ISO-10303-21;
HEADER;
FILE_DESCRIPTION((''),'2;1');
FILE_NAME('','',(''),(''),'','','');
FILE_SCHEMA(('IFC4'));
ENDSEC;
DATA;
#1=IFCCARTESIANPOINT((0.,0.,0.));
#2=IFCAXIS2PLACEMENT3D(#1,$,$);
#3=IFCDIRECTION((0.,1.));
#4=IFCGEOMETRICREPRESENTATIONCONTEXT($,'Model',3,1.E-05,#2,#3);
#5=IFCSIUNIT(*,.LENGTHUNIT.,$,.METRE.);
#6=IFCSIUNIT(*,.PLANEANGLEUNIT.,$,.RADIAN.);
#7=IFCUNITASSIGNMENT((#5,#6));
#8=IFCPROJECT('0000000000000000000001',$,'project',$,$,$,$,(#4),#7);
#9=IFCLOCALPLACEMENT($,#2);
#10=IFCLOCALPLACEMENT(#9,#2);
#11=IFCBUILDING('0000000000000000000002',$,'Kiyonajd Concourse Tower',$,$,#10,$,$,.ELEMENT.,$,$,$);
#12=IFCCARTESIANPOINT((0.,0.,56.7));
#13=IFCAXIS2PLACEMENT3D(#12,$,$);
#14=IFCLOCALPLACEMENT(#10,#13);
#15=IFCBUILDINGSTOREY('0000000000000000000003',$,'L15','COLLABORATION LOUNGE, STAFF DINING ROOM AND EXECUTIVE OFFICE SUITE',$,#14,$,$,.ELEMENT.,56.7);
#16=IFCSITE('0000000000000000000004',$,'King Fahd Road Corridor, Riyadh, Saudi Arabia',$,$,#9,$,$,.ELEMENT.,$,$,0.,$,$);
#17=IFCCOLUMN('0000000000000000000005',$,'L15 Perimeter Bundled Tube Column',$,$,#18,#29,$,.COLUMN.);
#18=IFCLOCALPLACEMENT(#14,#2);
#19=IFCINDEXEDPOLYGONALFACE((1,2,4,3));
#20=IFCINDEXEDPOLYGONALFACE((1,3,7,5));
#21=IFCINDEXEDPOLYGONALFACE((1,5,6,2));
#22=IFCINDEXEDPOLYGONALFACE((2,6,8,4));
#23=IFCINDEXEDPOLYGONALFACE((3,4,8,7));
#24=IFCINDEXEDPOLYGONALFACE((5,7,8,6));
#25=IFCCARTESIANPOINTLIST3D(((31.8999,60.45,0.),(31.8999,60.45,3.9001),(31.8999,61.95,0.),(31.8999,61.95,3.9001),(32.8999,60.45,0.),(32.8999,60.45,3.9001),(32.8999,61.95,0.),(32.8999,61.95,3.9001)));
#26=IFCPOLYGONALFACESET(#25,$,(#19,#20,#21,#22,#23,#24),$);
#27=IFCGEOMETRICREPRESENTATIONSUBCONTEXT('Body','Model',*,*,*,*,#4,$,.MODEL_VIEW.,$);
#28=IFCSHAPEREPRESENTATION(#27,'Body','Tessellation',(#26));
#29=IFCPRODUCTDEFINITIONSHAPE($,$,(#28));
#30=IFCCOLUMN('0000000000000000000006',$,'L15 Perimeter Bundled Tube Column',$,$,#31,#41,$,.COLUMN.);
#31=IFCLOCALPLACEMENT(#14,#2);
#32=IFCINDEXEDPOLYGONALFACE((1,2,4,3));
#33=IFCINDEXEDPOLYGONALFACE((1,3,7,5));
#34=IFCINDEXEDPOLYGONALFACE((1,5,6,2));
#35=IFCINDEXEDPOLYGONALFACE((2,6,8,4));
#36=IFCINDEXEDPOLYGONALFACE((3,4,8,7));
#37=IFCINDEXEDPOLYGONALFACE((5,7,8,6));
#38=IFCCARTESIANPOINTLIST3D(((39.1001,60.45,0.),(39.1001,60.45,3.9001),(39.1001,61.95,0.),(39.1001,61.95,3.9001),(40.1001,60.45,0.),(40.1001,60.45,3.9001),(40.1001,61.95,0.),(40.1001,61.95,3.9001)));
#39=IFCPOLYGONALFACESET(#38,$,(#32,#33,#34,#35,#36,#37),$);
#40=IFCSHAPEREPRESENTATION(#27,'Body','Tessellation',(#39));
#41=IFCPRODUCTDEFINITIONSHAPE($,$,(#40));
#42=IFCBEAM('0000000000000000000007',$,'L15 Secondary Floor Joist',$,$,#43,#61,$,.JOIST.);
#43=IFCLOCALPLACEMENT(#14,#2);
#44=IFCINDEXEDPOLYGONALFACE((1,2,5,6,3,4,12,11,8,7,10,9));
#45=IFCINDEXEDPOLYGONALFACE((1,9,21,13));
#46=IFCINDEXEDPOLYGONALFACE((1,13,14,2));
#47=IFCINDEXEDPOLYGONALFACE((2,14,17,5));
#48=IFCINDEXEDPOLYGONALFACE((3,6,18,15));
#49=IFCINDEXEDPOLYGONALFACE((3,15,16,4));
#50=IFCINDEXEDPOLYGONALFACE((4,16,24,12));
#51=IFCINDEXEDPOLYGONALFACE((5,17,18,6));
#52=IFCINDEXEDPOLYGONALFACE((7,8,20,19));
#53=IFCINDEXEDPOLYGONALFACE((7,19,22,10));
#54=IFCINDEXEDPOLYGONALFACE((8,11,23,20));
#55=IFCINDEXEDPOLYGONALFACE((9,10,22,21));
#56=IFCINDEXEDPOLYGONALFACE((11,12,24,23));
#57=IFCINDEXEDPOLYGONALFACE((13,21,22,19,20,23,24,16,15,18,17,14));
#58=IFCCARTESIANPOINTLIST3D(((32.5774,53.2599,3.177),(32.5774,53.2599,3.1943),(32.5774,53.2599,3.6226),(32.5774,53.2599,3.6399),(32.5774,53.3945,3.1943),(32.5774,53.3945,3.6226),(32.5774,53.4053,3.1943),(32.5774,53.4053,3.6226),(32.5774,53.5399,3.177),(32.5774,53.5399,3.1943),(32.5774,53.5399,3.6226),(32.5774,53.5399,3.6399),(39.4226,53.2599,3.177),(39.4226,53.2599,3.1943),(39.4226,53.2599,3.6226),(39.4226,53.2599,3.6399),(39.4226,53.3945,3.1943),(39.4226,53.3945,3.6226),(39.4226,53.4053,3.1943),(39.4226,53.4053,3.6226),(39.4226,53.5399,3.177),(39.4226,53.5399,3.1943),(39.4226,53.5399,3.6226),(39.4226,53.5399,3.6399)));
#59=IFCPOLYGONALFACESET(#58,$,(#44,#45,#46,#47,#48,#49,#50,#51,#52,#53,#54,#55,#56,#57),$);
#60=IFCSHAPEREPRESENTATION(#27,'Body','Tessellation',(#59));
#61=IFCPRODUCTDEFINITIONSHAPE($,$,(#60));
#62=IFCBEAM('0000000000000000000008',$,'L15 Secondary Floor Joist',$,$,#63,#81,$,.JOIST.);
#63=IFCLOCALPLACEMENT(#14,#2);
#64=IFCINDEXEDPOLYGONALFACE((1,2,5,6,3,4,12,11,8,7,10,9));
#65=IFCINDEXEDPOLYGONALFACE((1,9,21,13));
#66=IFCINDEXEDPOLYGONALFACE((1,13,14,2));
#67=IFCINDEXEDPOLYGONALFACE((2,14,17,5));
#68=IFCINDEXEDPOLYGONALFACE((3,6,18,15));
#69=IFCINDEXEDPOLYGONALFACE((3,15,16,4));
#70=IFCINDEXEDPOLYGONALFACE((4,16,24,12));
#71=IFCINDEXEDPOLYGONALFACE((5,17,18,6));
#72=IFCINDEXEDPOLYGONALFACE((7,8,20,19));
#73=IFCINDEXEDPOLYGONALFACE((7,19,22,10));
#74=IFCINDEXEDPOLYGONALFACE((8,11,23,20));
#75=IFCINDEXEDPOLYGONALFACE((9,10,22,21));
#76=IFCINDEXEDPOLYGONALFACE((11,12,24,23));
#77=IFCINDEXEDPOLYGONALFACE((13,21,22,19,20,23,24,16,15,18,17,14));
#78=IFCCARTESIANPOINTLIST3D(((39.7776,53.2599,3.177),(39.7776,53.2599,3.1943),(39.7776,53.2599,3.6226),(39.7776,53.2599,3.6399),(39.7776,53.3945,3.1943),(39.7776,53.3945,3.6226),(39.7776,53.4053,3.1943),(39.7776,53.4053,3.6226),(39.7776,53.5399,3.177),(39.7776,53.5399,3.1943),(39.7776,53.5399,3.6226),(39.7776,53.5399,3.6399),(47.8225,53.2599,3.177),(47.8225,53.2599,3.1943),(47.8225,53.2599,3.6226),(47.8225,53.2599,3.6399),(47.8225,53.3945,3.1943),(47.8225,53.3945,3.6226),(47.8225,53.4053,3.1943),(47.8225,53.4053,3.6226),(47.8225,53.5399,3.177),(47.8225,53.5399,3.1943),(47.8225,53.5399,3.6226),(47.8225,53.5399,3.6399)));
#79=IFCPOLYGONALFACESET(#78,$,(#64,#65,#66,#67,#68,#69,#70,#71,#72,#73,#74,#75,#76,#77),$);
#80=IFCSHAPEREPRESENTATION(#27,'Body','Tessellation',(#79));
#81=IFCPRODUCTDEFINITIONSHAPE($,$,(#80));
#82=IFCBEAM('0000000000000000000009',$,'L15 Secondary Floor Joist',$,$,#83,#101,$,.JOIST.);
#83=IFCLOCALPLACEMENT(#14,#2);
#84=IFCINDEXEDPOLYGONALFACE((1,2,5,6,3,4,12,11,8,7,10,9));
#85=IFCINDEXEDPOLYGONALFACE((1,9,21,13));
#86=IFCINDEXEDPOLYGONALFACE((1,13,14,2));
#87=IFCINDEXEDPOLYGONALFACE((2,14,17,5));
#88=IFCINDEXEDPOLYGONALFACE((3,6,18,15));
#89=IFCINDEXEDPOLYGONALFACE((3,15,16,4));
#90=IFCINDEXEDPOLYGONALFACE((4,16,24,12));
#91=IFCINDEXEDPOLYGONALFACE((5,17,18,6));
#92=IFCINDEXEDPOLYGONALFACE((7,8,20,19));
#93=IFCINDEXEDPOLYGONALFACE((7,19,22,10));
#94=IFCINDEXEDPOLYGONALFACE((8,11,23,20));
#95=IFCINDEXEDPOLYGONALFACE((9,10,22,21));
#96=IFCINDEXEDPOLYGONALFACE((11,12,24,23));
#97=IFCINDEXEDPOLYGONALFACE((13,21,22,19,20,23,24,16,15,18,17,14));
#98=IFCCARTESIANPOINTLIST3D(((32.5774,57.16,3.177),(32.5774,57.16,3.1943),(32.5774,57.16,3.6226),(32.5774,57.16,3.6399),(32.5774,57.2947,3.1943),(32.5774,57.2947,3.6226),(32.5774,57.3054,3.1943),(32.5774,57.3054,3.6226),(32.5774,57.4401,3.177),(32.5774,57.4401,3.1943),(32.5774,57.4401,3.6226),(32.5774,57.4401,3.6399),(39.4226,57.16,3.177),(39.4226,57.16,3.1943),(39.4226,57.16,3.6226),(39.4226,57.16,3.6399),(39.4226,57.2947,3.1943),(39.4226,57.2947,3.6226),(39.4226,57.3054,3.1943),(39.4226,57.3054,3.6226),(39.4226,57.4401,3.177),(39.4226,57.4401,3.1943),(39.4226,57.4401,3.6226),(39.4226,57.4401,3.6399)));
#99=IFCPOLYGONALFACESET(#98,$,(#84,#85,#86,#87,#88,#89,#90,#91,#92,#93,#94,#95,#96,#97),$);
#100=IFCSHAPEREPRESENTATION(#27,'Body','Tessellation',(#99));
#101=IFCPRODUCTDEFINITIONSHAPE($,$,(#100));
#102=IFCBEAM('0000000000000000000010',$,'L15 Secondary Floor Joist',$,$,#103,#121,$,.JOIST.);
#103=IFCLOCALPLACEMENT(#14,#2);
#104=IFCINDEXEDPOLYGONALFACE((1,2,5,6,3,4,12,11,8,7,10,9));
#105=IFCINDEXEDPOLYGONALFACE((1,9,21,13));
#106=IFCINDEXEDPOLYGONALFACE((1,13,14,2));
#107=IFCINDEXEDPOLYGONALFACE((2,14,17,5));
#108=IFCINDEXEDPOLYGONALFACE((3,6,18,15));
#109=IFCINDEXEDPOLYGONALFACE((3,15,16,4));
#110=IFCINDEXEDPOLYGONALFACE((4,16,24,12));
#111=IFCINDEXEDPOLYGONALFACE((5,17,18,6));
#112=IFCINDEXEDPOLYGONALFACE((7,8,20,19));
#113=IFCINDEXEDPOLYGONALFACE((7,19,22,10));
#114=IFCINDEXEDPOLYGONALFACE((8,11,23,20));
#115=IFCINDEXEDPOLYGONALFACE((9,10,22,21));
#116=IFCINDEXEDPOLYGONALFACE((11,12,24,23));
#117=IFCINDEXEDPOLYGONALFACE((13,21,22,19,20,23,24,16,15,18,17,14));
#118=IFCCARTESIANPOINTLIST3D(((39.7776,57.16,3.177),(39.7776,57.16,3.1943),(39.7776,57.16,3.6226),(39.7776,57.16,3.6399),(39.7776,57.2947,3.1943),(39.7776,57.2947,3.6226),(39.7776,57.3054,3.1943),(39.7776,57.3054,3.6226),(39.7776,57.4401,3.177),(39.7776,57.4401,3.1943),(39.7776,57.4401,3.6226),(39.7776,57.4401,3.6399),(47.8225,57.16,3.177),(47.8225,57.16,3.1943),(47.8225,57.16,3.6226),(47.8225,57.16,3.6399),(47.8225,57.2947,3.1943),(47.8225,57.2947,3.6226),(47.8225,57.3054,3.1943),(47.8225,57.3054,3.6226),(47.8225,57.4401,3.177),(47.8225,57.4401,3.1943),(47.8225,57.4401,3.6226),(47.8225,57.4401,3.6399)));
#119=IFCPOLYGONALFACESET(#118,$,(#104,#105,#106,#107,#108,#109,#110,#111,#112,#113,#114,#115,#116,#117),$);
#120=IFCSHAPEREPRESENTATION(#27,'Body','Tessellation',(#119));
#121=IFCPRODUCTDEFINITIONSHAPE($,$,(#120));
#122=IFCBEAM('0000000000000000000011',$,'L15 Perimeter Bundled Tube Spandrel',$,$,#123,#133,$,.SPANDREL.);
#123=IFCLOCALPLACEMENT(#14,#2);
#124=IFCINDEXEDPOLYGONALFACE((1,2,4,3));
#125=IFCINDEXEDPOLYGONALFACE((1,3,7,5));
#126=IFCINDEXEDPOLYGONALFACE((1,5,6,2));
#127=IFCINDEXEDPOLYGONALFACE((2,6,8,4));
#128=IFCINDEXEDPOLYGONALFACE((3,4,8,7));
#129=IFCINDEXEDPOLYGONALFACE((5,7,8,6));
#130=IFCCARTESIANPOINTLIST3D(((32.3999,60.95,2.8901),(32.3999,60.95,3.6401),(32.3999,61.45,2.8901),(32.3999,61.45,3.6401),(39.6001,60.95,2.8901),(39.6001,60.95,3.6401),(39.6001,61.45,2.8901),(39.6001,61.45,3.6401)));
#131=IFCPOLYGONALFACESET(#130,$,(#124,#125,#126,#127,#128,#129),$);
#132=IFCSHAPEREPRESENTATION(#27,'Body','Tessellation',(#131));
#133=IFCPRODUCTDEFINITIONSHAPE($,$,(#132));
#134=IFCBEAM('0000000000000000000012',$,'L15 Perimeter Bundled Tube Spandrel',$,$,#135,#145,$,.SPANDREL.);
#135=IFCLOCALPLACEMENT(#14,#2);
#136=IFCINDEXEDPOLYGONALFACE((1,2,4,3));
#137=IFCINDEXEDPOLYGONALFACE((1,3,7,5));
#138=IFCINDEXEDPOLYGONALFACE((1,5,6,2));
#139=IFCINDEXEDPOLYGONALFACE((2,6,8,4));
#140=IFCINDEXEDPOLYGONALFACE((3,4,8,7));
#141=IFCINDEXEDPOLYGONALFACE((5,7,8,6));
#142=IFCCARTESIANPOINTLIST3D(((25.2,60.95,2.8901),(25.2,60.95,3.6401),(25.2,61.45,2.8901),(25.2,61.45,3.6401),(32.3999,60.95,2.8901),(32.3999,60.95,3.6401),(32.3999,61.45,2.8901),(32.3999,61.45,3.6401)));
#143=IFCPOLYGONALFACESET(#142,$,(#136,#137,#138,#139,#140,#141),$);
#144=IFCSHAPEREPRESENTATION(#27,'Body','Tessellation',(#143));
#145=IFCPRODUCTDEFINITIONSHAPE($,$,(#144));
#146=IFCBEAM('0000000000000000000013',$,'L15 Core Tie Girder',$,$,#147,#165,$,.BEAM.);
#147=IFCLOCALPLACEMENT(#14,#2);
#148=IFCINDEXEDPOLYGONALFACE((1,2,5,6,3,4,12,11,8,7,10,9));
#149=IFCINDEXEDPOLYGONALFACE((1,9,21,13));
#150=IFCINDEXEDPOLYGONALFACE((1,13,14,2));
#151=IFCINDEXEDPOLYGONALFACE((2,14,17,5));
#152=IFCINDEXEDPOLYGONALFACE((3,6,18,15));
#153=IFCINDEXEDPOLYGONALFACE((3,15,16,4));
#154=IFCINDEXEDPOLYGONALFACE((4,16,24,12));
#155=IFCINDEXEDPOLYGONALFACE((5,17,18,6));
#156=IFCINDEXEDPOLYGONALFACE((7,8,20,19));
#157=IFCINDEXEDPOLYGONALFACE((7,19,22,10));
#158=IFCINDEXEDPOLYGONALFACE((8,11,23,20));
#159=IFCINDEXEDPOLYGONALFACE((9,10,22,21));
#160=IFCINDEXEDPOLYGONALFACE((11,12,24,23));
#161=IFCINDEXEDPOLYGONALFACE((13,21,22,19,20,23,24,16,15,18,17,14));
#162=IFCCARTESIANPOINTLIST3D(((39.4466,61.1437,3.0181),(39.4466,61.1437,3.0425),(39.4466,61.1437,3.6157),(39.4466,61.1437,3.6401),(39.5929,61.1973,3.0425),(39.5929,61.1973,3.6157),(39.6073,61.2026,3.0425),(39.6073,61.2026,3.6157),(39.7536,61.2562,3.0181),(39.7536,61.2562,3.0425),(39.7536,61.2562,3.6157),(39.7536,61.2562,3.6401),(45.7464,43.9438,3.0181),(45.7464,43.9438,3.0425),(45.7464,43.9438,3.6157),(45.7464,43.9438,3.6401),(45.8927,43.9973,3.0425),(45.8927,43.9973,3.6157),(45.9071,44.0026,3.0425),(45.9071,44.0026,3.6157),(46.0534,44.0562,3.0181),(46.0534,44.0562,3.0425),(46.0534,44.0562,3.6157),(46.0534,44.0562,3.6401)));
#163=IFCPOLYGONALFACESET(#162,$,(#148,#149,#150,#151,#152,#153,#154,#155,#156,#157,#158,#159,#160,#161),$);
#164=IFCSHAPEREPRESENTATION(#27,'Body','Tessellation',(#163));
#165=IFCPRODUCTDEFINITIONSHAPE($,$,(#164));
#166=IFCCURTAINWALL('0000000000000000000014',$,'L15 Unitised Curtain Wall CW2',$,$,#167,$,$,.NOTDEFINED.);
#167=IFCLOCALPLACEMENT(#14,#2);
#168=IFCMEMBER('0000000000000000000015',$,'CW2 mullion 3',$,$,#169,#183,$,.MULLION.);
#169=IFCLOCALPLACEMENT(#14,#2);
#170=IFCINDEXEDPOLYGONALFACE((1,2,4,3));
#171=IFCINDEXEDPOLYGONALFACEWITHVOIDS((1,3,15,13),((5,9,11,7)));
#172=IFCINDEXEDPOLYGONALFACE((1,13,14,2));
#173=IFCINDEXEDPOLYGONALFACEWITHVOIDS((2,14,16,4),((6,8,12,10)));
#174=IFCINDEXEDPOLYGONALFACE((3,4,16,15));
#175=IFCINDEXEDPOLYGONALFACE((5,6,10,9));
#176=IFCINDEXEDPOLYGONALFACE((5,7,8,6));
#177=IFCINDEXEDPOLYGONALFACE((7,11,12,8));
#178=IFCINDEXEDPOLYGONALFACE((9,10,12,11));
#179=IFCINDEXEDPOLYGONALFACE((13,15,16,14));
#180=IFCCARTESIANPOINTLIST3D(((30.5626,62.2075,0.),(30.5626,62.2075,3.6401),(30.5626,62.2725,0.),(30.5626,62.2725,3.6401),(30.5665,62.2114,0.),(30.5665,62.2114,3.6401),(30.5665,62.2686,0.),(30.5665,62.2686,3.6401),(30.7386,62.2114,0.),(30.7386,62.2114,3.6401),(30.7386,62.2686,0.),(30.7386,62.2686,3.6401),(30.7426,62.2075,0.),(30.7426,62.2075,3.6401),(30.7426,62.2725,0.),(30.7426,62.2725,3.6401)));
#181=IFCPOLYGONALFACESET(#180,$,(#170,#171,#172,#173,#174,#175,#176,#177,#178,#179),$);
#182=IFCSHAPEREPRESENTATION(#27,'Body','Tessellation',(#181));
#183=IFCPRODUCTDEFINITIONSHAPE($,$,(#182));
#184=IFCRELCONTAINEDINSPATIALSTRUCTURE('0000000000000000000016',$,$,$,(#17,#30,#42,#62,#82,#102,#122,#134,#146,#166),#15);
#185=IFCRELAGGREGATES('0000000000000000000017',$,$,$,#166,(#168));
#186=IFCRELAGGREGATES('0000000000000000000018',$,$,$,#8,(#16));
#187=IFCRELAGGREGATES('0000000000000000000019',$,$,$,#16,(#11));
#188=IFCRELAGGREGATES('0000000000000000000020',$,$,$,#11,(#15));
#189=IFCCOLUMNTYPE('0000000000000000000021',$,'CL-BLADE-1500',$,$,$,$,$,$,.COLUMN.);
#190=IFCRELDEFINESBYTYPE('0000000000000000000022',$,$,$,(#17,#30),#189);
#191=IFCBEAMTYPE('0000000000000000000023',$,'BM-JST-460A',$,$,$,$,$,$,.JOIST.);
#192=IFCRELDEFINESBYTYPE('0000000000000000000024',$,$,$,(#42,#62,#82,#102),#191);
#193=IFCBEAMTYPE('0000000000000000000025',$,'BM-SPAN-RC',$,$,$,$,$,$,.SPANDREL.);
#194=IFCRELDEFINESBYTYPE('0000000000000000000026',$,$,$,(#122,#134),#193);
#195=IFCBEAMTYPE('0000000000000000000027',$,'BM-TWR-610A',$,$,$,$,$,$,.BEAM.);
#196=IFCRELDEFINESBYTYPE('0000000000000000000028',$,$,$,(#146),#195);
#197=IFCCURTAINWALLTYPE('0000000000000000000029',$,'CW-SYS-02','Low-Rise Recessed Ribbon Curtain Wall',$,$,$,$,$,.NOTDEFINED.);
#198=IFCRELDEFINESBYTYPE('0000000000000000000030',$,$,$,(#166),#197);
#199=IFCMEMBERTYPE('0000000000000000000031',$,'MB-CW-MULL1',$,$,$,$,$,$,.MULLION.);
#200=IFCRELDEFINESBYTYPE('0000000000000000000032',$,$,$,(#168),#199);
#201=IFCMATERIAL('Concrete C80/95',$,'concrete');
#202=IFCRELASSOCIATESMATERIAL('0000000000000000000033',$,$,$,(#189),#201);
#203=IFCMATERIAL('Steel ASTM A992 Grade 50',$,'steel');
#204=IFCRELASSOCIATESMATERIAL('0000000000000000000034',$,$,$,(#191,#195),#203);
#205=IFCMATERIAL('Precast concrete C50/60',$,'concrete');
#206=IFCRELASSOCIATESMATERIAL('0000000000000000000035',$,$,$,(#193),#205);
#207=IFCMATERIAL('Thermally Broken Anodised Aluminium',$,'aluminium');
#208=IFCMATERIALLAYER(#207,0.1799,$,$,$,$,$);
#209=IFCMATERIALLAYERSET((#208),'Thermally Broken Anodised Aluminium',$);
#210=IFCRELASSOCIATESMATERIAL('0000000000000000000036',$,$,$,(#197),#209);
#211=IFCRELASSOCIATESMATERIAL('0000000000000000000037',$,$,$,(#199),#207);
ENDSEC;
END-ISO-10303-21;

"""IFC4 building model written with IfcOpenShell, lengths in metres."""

from ifc_helpers import new_model, si_unit, direction, frame, origin, origin_2d, place, context, subcontext, project, spatial, rectangle, hollow_rectangle, i_section, extrude, material, layer, layer_set, material_profile, profile_set, type_object, element, aggregate, save


model = new_model("IFC4")

# Units and contexts
model_context = context("Model", 3, precision=1e-05, world=origin(), true_north=direction((0.0, 1.0)))
body_context = subcontext(model_context, "Body", "Model", "MODEL_VIEW")
ifc_project = project(units=[si_unit("LENGTHUNIT", "METRE"), si_unit("PLANEANGLEUNIT", "RADIAN")], contexts=[model_context])

# Site, building, storey
site_placement = place(None, origin())
site = spatial("IfcSite", under=ifc_project, at=site_placement, Name="King Fahd Road Corridor, Riyadh, Saudi Arabia", CompositionType="ELEMENT", RefElevation=0.0)
building_placement = place(site_placement, origin())
building = spatial("IfcBuilding", under=site, at=building_placement, Name="Kiyonajd Concourse Tower", CompositionType="ELEMENT")
storey_placement = place(building_placement, frame((0.0, 0.0, 56.7)))
storey = spatial("IfcBuildingStorey", under=building, at=storey_placement, Name="L15", Description="COLLABORATION LOUNGE, STAFF DINING ROOM AND EXECUTIVE OFFICE SUITE", CompositionType="ELEMENT", Elevation=56.7)

# Columns
ifc_material_1 = material(Name="Concrete C80/95", Category="concrete")
ifc_material_profile_1 = material_profile(ifc_material_1, rectangle(XDim=1.0, YDim=1.5, at=origin_2d()), Name="RC-1500x1000")
ifc_profile_set_1 = profile_set([ifc_material_profile_1], Name="Concrete C80/95")
column_type = type_object("IfcColumnType", Name="CL-BLADE-1500", PredefinedType="COLUMN", material=ifc_profile_set_1)
for number, where, z_axis, x_axis, name in (
    (1, (32.3999, 61.2, 0.0), (0.0, 0.0, 1.0), (1.0, 0.0, 0.0), "L15 Perimeter Bundled Tube Column"),
    (2, (39.6001, 61.2, 0.0), (0.0, 0.0, 1.0), (1.0, 0.0, 0.0), "L15 Perimeter Bundled Tube Column"),
):
    element("IfcColumn", number, at=place(storey_placement, frame(where, z_axis=z_axis, x_axis=x_axis)), inside=storey, type_object=column_type, Name=name, PredefinedType="COLUMN", context=body_context, shape_type="SweptSolid", body=[
        extrude(rectangle(XDim=1.0, YDim=1.5, at=origin_2d()), origin(), (0.0, 0.0, 1.0), 3.9001),
    ])

# Beams
ifc_material_2 = material(Name="Steel ASTM A992 Grade 50", Category="steel")
ifc_material_profile_2 = material_profile(ifc_material_2, i_section(OverallWidth=0.28, OverallDepth=0.4629, WebThickness=0.0107, FlangeThickness=0.0173, at=origin_2d()), Name="W460X113")
ifc_profile_set_2 = profile_set([ifc_material_profile_2], Name="Steel ASTM A992 Grade 50")
beam_type_1 = type_object("IfcBeamType", Name="BM-JST-460A", PredefinedType="JOIST", material=ifc_profile_set_2)
beam_1_placement = place(storey_placement, frame((32.5774, 53.3999, 3.4084), z_axis=(1.0, 0.0, 0.0), x_axis=(0.0, 1.0, 0.0)))
element("IfcBeam", 3, at=beam_1_placement, inside=storey, type_object=beam_type_1, Name="L15 Secondary Floor Joist", PredefinedType="JOIST", context=body_context, shape_type="SweptSolid", body=[
    extrude(i_section(OverallWidth=0.28, OverallDepth=0.4629, WebThickness=0.0107, FlangeThickness=0.0173, at=origin_2d()), origin(), (0.0, 0.0, 1.0), 6.8452),
])
beam_2_placement = place(storey_placement, frame((39.7776, 53.3999, 3.4084), z_axis=(1.0, 0.0, 0.0), x_axis=(0.0, 1.0, 0.0)))
element("IfcBeam", 4, at=beam_2_placement, inside=storey, type_object=beam_type_1, Name="L15 Secondary Floor Joist", PredefinedType="JOIST", context=body_context, shape_type="SweptSolid", body=[
    extrude(i_section(OverallWidth=0.28, OverallDepth=0.4629, WebThickness=0.0107, FlangeThickness=0.0173, at=origin_2d()), origin(), (0.0, 0.0, 1.0), 8.0449),
])
beam_3_placement = place(storey_placement, frame((32.5774, 57.3, 3.4084), z_axis=(1.0, 0.0, 0.0), x_axis=(0.0, 1.0, 0.0)))
element("IfcBeam", 5, at=beam_3_placement, inside=storey, type_object=beam_type_1, Name="L15 Secondary Floor Joist", PredefinedType="JOIST", context=body_context, shape_type="SweptSolid", body=[
    extrude(i_section(OverallWidth=0.28, OverallDepth=0.4629, WebThickness=0.0107, FlangeThickness=0.0173, at=origin_2d()), origin(), (0.0, 0.0, 1.0), 6.8452),
])
beam_4_placement = place(storey_placement, frame((39.7776, 57.3, 3.4084), z_axis=(1.0, 0.0, 0.0), x_axis=(0.0, 1.0, 0.0)))
element("IfcBeam", 6, at=beam_4_placement, inside=storey, type_object=beam_type_1, Name="L15 Secondary Floor Joist", PredefinedType="JOIST", context=body_context, shape_type="SweptSolid", body=[
    extrude(i_section(OverallWidth=0.28, OverallDepth=0.4629, WebThickness=0.0107, FlangeThickness=0.0173, at=origin_2d()), origin(), (0.0, 0.0, 1.0), 8.0449),
])
ifc_material_3 = material(Name="Precast concrete C50/60", Category="concrete")
ifc_material_profile_3 = material_profile(ifc_material_3, rectangle(XDim=0.5, YDim=0.75, at=origin_2d()), Name="RCBM-500x750")
ifc_profile_set_3 = profile_set([ifc_material_profile_3], Name="Precast concrete C50/60")
beam_type_2 = type_object("IfcBeamType", Name="BM-SPAN-RC", PredefinedType="SPANDREL", material=ifc_profile_set_3)
beam_5_placement = place(storey_placement, frame((39.6001, 61.2, 3.2651), z_axis=(-1.0, 0.0, 0.0), x_axis=(0.0, -1.0, 0.0)))
element("IfcBeam", 7, at=beam_5_placement, inside=storey, type_object=beam_type_2, Name="L15 Perimeter Bundled Tube Spandrel", PredefinedType="SPANDREL", context=body_context, shape_type="SweptSolid", body=[
    extrude(rectangle(XDim=0.5, YDim=0.75, at=origin_2d()), origin(), (0.0, 0.0, 1.0), 7.2002),
])
beam_6_placement = place(storey_placement, frame((32.3999, 61.2, 3.2651), z_axis=(-1.0, 0.0, 0.0), x_axis=(0.0, -1.0, 0.0)))
element("IfcBeam", 8, at=beam_6_placement, inside=storey, type_object=beam_type_2, Name="L15 Perimeter Bundled Tube Spandrel", PredefinedType="SPANDREL", context=body_context, shape_type="SweptSolid", body=[
    extrude(rectangle(XDim=0.5, YDim=0.75, at=origin_2d()), origin(), (0.0, 0.0, 1.0), 7.2),
])
ifc_material_profile_4 = material_profile(ifc_material_2, i_section(OverallWidth=0.3269, OverallDepth=0.6221, WebThickness=0.0154, FlangeThickness=0.0244, at=origin_2d()), Name="W610X195")
ifc_profile_set_4 = profile_set([ifc_material_profile_4], Name="Steel ASTM A992 Grade 50")
beam_type_3 = type_object("IfcBeamType", Name="BM-TWR-610A", PredefinedType="BEAM", material=ifc_profile_set_4)
beam_7_placement = place(storey_placement, frame((39.6001, 61.2, 3.3291), z_axis=(0.343925, -0.938997, 0.0), x_axis=(0.938997, 0.343925, 0.0)))
element("IfcBeam", 9, at=beam_7_placement, inside=storey, type_object=beam_type_3, Name="L15 Core Tie Girder", PredefinedType="BEAM", context=body_context, shape_type="SweptSolid", body=[
    extrude(i_section(OverallWidth=0.3269, OverallDepth=0.6221, WebThickness=0.0154, FlangeThickness=0.0244, at=origin_2d()), origin(), (0.0, 0.0, 1.0), 18.3174),
])

# Curtain wall, member
ifc_material_4 = material(Name="Thermally Broken Anodised Aluminium", Category="aluminium")
ifc_layer_1 = layer(ifc_material_4, 0.1799)
ifc_layer_set_1 = layer_set([ifc_layer_1], Name="Thermally Broken Anodised Aluminium")
curtain_wall_type = type_object("IfcCurtainWallType", Name="CW-SYS-02", Description="Low-Rise Recessed Ribbon Curtain Wall", PredefinedType="NOTDEFINED", material=ifc_layer_set_1)
curtain_wall_placement = place(storey_placement, origin())
curtain_wall = element("IfcCurtainWall", 10, at=curtain_wall_placement, inside=storey, type_object=curtain_wall_type, Name="L15 Unitised Curtain Wall CW2", PredefinedType="NOTDEFINED")
ifc_material_profile_5 = material_profile(ifc_material_4, hollow_rectangle(XDim=0.0649, YDim=0.1799, WallThickness=0.0039, at=origin_2d()), Name="MULL-65x180")
ifc_profile_set_5 = profile_set([ifc_material_profile_5], Name="Thermally Broken Anodised Aluminium")
member_type_1 = type_object("IfcMemberType", Name="MB-CW-MULL1", PredefinedType="MULLION", material=ifc_profile_set_5)
member_1_placement = place(storey_placement, frame((30.6526, 62.24, 0.0), z_axis=(0.0, 0.0, 1.0), x_axis=(0.0, 1.0, 0.0)))
member_1 = element("IfcMember", 11, at=member_1_placement, type_object=member_type_1, Name="CW2 mullion 3", PredefinedType="MULLION", context=body_context, shape_type="SweptSolid", body=[
    extrude(hollow_rectangle(XDim=0.0649, YDim=0.1799, WallThickness=0.0039, at=origin_2d()), origin(), (0.0, 0.0, 1.0), 3.6401),
])
aggregate(curtain_wall, [member_1])

save(model, "model.ifc")
